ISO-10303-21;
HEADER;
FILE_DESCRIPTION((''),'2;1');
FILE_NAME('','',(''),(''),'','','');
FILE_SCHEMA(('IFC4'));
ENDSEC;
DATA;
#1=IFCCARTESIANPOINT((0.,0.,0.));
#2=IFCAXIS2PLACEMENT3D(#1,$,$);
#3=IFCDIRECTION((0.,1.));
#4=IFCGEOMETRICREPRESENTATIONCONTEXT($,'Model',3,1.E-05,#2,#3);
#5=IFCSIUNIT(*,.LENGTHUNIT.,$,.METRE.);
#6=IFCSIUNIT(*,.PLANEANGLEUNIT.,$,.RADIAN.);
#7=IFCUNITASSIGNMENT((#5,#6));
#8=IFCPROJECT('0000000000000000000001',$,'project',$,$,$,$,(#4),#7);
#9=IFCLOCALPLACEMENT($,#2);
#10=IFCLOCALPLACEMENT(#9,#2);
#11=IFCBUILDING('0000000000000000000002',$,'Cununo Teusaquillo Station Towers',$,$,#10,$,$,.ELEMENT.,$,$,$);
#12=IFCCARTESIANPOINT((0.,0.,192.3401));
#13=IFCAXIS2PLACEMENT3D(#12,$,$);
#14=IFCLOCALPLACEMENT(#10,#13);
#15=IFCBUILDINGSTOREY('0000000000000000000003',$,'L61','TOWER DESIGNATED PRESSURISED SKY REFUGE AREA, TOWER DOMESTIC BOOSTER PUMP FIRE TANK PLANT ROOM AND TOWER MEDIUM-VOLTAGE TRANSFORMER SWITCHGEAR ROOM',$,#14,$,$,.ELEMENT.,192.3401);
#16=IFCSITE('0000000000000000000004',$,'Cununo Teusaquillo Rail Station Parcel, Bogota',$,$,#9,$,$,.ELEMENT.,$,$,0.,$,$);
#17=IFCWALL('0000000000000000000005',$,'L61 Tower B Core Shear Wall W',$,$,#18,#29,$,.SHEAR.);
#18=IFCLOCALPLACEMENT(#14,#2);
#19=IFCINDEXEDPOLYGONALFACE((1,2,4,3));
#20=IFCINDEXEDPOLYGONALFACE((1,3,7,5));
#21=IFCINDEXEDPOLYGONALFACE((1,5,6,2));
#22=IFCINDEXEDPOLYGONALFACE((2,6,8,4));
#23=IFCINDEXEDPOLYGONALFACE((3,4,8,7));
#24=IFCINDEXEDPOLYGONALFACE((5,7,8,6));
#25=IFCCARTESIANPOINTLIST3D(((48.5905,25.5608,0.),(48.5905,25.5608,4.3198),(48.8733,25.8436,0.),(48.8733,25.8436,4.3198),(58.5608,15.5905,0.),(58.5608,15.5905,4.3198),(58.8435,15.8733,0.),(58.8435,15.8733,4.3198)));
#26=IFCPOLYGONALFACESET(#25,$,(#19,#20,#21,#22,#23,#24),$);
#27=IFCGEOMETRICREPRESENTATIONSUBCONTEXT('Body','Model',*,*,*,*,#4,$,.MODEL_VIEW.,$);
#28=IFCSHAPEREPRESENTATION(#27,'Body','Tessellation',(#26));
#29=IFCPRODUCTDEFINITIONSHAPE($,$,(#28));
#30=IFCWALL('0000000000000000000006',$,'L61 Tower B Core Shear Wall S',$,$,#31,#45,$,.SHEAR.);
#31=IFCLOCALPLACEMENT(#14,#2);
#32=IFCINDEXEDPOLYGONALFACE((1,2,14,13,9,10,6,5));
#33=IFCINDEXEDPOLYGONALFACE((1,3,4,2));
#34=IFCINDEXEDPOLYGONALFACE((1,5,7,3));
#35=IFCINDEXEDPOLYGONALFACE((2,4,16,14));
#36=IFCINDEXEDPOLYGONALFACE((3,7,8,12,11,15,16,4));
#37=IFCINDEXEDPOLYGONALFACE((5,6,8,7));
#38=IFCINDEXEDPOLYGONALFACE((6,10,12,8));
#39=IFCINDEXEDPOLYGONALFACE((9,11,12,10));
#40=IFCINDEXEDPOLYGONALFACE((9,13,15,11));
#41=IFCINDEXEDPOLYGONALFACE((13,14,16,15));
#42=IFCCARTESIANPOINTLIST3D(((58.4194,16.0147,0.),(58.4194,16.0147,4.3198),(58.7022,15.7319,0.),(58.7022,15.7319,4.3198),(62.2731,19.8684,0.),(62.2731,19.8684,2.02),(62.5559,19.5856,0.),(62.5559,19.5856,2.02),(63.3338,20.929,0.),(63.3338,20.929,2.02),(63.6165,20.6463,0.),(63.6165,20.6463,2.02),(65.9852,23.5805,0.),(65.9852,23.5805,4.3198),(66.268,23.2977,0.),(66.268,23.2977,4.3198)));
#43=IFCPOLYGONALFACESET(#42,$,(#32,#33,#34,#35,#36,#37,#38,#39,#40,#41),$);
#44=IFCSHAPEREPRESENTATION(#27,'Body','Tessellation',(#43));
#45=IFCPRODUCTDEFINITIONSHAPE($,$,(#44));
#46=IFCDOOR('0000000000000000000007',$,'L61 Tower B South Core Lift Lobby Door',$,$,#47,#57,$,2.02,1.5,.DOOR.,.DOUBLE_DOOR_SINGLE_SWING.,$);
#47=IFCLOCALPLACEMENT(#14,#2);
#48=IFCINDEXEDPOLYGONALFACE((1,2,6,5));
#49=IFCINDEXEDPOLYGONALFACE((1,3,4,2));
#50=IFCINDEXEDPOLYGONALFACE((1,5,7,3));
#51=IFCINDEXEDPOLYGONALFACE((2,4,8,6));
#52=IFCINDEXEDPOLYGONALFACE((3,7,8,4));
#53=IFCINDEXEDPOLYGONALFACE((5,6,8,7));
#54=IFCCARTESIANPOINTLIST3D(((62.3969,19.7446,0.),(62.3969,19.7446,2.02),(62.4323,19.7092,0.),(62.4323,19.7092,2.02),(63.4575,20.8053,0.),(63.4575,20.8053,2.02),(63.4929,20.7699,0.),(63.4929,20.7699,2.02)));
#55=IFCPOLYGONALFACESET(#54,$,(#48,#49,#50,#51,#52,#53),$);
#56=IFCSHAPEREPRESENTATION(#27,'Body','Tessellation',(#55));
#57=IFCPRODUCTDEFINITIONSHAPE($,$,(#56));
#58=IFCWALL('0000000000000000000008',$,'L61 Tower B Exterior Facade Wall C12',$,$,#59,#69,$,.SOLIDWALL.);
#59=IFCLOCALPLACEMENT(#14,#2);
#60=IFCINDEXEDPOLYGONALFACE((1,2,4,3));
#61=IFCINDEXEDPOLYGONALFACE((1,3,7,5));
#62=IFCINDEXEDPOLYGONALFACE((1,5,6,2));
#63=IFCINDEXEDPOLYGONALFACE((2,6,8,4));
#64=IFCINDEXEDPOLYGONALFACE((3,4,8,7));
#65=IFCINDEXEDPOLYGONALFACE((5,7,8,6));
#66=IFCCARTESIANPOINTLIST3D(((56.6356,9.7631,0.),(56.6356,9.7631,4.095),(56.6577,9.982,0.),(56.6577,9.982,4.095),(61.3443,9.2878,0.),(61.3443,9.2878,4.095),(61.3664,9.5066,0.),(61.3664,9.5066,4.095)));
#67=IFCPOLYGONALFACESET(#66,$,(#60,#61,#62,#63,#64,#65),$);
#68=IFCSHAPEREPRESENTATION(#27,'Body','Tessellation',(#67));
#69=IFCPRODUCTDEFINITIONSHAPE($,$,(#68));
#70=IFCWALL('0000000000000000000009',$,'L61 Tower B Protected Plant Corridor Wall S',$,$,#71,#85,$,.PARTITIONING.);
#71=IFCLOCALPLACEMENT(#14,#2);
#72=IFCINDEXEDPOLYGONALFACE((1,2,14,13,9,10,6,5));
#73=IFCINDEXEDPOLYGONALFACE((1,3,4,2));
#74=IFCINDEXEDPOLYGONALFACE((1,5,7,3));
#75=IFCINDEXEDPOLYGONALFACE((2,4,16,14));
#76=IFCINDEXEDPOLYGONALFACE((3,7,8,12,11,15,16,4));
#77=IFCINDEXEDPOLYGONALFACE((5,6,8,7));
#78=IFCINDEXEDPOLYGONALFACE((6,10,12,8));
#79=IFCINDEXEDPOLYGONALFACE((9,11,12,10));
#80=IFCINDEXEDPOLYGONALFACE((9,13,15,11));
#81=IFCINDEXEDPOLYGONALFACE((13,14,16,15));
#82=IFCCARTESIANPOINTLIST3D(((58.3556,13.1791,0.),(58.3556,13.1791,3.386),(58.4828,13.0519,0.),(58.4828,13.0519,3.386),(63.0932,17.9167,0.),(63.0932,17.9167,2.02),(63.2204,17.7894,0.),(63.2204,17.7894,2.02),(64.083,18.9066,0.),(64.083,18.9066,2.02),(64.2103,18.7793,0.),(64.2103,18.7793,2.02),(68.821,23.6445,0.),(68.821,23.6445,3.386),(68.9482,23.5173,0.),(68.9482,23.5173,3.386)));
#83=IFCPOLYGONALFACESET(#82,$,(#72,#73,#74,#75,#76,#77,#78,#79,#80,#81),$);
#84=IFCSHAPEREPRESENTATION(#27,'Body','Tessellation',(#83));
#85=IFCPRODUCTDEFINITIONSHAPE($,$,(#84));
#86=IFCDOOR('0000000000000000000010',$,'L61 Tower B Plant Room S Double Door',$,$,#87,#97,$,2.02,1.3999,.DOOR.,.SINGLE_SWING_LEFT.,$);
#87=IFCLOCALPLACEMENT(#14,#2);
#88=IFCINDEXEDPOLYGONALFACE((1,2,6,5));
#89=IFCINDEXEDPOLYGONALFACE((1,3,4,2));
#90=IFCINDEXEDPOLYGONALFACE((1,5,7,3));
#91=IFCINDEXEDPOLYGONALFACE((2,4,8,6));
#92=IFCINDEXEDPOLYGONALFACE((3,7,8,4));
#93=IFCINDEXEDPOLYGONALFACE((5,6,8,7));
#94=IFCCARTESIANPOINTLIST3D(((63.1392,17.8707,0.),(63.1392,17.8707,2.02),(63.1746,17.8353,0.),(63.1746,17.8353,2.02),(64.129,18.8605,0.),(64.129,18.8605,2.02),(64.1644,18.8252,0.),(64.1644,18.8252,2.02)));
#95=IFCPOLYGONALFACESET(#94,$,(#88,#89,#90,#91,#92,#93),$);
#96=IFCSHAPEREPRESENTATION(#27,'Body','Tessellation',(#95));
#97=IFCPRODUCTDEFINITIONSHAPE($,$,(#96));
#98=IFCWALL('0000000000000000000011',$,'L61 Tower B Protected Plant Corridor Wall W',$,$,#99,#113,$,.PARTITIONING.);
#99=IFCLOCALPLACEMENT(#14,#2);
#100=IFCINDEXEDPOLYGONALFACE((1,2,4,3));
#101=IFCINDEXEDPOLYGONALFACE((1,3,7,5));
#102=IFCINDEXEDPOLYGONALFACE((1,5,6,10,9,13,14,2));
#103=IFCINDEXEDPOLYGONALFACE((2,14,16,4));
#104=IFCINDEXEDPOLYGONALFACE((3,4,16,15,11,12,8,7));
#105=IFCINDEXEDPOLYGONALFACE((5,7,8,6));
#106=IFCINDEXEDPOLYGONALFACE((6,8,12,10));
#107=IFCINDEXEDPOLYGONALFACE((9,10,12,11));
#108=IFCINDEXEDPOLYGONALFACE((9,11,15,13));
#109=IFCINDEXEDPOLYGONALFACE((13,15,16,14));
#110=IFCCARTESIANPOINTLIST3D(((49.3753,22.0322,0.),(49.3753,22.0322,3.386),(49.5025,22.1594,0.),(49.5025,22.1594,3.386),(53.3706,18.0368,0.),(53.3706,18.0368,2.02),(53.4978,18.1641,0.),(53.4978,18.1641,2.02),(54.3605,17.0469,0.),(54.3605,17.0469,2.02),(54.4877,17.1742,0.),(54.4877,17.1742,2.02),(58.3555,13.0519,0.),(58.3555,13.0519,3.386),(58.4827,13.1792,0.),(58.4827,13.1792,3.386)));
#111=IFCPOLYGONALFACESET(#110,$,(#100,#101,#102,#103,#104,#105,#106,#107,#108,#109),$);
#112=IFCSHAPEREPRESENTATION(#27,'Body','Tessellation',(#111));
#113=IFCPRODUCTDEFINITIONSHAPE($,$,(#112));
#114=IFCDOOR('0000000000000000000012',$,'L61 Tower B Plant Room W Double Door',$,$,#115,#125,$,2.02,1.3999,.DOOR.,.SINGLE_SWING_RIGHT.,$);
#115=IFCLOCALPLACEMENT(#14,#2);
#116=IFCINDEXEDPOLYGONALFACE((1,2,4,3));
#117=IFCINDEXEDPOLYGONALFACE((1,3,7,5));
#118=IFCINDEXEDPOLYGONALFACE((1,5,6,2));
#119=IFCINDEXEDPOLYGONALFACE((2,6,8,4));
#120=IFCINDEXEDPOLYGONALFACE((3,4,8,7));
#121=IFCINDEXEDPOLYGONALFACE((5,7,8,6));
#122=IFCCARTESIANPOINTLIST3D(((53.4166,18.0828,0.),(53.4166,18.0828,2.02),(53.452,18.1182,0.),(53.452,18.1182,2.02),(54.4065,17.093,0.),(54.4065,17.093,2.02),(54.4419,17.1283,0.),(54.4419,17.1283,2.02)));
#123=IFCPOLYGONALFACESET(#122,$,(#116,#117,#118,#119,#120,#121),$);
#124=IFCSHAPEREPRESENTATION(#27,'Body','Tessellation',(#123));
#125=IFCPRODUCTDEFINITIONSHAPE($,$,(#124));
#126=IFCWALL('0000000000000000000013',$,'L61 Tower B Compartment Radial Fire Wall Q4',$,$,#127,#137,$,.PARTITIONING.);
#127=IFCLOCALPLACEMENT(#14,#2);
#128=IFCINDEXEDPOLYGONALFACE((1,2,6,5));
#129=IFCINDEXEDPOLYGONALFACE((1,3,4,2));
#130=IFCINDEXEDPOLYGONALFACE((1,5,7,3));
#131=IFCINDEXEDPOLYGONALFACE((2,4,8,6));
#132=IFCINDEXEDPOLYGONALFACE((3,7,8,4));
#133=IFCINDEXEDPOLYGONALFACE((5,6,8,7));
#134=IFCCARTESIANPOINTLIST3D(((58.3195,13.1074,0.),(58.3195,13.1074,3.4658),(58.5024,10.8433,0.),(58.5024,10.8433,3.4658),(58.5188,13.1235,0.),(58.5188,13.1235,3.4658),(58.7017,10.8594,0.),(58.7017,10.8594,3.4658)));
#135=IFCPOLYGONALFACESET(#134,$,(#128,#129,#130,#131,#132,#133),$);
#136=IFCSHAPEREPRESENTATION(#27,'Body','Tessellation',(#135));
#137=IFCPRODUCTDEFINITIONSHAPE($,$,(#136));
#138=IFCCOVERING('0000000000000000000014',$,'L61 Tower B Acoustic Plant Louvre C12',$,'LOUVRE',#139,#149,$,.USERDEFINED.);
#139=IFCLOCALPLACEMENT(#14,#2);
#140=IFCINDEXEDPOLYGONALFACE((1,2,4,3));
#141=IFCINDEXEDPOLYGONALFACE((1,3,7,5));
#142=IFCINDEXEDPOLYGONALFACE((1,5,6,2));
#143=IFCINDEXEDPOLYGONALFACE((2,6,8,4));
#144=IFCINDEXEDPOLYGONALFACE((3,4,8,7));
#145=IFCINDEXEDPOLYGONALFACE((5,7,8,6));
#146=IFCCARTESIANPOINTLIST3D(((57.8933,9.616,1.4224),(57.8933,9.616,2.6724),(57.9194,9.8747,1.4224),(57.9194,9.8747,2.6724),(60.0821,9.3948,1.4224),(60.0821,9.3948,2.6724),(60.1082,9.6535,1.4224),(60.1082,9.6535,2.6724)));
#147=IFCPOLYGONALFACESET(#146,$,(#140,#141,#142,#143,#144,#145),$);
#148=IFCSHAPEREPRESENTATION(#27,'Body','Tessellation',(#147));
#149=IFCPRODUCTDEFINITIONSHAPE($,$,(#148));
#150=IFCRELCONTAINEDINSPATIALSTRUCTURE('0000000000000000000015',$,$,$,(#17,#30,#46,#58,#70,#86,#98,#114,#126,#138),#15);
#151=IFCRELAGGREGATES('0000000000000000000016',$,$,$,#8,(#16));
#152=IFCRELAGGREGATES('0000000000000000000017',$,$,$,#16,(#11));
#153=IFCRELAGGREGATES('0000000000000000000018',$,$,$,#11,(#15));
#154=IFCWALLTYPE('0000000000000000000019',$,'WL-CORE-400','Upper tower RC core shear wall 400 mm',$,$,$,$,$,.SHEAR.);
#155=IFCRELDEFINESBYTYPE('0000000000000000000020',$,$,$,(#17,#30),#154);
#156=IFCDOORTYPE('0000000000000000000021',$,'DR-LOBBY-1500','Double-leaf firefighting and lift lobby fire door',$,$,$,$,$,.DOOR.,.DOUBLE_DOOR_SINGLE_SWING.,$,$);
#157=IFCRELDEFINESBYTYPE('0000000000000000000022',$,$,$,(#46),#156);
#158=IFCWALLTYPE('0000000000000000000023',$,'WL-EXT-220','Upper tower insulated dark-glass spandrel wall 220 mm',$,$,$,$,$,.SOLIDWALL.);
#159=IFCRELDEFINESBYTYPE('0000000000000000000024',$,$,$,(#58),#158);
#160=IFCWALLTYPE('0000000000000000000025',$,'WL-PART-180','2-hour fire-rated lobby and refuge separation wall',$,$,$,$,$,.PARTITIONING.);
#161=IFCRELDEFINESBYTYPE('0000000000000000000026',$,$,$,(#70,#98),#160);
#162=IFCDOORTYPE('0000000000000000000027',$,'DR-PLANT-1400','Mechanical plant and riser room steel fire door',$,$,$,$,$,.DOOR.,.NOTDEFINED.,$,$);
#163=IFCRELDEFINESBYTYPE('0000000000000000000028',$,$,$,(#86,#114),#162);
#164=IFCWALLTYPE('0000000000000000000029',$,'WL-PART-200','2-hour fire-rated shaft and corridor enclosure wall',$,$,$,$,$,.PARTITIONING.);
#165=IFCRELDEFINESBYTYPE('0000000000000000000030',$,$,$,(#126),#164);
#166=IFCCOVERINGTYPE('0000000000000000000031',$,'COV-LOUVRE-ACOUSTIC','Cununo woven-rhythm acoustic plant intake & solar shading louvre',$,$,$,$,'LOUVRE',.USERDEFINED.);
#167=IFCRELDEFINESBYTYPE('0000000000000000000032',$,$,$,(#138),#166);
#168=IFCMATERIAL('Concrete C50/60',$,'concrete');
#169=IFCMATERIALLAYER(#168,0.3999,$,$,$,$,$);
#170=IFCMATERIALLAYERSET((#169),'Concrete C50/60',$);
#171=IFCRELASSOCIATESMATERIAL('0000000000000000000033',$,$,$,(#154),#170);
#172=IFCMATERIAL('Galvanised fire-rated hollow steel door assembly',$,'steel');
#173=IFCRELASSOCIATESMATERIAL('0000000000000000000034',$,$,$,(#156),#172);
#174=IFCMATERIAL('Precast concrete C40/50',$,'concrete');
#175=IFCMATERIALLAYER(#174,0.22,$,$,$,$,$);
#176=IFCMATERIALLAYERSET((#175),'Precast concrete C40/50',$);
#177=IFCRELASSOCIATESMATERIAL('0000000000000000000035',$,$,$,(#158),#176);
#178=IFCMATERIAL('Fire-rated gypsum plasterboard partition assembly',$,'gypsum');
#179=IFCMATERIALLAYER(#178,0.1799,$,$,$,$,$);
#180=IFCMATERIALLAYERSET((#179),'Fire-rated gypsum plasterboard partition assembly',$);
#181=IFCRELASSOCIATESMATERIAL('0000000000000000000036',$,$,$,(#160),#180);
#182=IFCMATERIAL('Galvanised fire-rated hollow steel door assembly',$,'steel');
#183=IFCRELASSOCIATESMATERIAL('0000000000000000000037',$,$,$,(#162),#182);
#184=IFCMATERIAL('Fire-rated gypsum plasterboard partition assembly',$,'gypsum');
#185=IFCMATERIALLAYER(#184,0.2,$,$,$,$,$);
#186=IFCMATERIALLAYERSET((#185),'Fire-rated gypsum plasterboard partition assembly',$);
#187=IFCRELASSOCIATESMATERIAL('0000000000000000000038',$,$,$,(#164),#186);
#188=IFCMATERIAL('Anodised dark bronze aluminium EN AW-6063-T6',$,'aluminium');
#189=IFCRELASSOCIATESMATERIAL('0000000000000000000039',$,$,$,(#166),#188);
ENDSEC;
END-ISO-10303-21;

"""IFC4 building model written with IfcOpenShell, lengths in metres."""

from ifc_helpers import new_model, si_unit, direction, frame, frame_2d, origin, origin_2d, place, context, subcontext, project, spatial, rectangle, extrude, source, transform, mapped, material, layer, layer_set, type_object, element, fill, save


model = new_model("IFC4")

# Units and contexts
model_context = context("Model", 3, precision=1e-05, world=origin(), true_north=direction((0.0, 1.0)))
body_context = subcontext(model_context, "Body", "Model", "MODEL_VIEW")
ifc_project = project(units=[si_unit("LENGTHUNIT", "METRE"), si_unit("PLANEANGLEUNIT", "RADIAN")], contexts=[model_context])

# Site, building, storey
site_placement = place(None, origin())
site = spatial("IfcSite", under=ifc_project, at=site_placement, Name="Cununo Teusaquillo Rail Station Parcel, Bogota", CompositionType="ELEMENT", RefElevation=0.0)
building_placement = place(site_placement, origin())
building = spatial("IfcBuilding", under=site, at=building_placement, Name="Cununo Teusaquillo Station Towers", CompositionType="ELEMENT")
storey_placement = place(building_placement, frame((0.0, 0.0, 192.3401)))
storey = spatial("IfcBuildingStorey", under=building, at=storey_placement, Name="L61", Description="TOWER DESIGNATED PRESSURISED SKY REFUGE AREA, TOWER DOMESTIC BOOSTER PUMP FIRE TANK PLANT ROOM AND TOWER MEDIUM-VOLTAGE TRANSFORMER SWITCHGEAR ROOM", CompositionType="ELEMENT", Elevation=192.3401)

# Wall
ifc_material_1 = material(Name="Concrete C50/60", Category="concrete")
ifc_layer_1 = layer(ifc_material_1, 0.3999)
ifc_layer_set_1 = layer_set([ifc_layer_1], Name="Concrete C50/60")
wall_type_1 = type_object("IfcWallType", Name="WL-CORE-400", Description="Upper tower RC core shear wall 400 mm", PredefinedType="SHEAR", material=ifc_layer_set_1)
wall_1_placement = place(storey_placement, frame((58.7021, 15.7319, 0.0), z_axis=(0.0, 0.0, 1.0), x_axis=(-0.707107, 0.707107, 0.0)))
element("IfcWall", 1, at=wall_1_placement, inside=storey, type_object=wall_type_1, Name="L61 Tower B Core Shear Wall W", PredefinedType="SHEAR", context=body_context, shape_type="SweptSolid", body=[
    extrude(rectangle(XDim=14.1001, YDim=0.3999, at=frame_2d((7.05, 0.0))), origin(), (0.0, 0.0, 1.0), 4.3198),
])

# Wall, opening, door
wall_2_placement = place(storey_placement, frame((58.5608, 15.8733, 0.0), z_axis=(0.0, 0.0, 1.0), x_axis=(0.707107, 0.707107, 0.0)))
wall_2 = element("IfcWall", 2, at=wall_2_placement, inside=storey, type_object=wall_type_1, Name="L61 Tower B Core Shear Wall S", PredefinedType="SHEAR", context=body_context, shape_type="SweptSolid", body=[
    extrude(rectangle(XDim=10.6997, YDim=0.3999, at=frame_2d((5.3499, 0.0))), origin(), (0.0, 0.0, 1.0), 4.3198),
])
shared_shape_1 = source(origin(), body_context, "Body", "SweptSolid", [
    extrude(rectangle(XDim=1.5, YDim=2.02, at=frame_2d((0.75, 1.01))), frame((0.0, 0.21, 0.0), z_axis=(0.0, -1.0, 0.0), x_axis=(1.0, 0.0, 0.0)), (0.0, 0.0, 1.0), 0.4199),
])
opening_1_placement = place(wall_2_placement, frame((5.45, 0.0, 0.0)))
opening_1 = element("IfcOpeningElement", 3, at=opening_1_placement, cuts=wall_2, PredefinedType="OPENING", context=body_context, shape_type="MappedRepresentation", body=[
    mapped(shared_shape_1, transform((0.0, 0.0, 0.0), x_axis=(1.0, 0.0, 0.0), y_axis=(0.0, 1.0, 0.0), z_axis=(0.0, 0.0, 1.0), scale=1.0)),
])
ifc_material_2 = material(Name="Galvanised fire-rated hollow steel door assembly", Category="steel")
door_type_1 = type_object("IfcDoorType", Name="DR-LOBBY-1500", Description="Double-leaf firefighting and lift lobby fire door", OperationType="DOUBLE_DOOR_SINGLE_SWING", PredefinedType="DOOR", material=ifc_material_2)
shared_shape_2 = source(origin(), body_context, "Body", "SweptSolid", [
    extrude(rectangle(XDim=1.5, YDim=2.02, at=frame_2d((0.75, 1.01))), frame((0.0, 0.0249, 0.0), z_axis=(0.0, -1.0, 0.0), x_axis=(1.0, 0.0, 0.0)), (0.0, 0.0, 1.0), 0.05),
])
door_1_placement = place(opening_1_placement, origin())
door_1 = element("IfcDoor", 4, at=door_1_placement, inside=storey, type_object=door_type_1, Name="L61 Tower B South Core Lift Lobby Door", OperationType="DOUBLE_DOOR_SINGLE_SWING", OverallHeight=2.02, OverallWidth=1.5, PredefinedType="DOOR", context=body_context, shape_type="MappedRepresentation", body=[
    mapped(shared_shape_2, transform((0.0, 0.0, 0.0), x_axis=(1.0, 0.0, 0.0), y_axis=(0.0, 1.0, 0.0), z_axis=(0.0, 0.0, 1.0), scale=1.0)),
])
fill(opening_1, door_1)

# Wall
ifc_material_3 = material(Name="Precast concrete C40/50", Category="concrete")
ifc_layer_2 = layer(ifc_material_3, 0.22)
ifc_layer_set_2 = layer_set([ifc_layer_2], Name="Precast concrete C40/50")
wall_type_2 = type_object("IfcWallType", Name="WL-EXT-220", Description="Upper tower insulated dark-glass spandrel wall 220 mm", PredefinedType="SOLIDWALL", material=ifc_layer_set_2)
wall_3_placement = place(storey_placement, frame((61.3552, 9.3972, 0.0), z_axis=(0.0, 0.0, 1.0), x_axis=(-0.994943, 0.100438, 0.0)))
element("IfcWall", 5, at=wall_3_placement, inside=storey, type_object=wall_type_2, Name="L61 Tower B Exterior Facade Wall C12", PredefinedType="SOLIDWALL", context=body_context, shape_type="SweptSolid", body=[
    extrude(rectangle(XDim=4.7327, YDim=0.22, at=frame_2d((2.3662, 0.0))), origin(), (0.0, 0.0, 1.0), 4.095),
])

# Walls, openings, doors
ifc_material_4 = material(Name="Fire-rated gypsum plasterboard partition assembly", Category="gypsum")
ifc_layer_3 = layer(ifc_material_4, 0.1799)
ifc_layer_set_3 = layer_set([ifc_layer_3], Name="Fire-rated gypsum plasterboard partition assembly")
wall_type_3 = type_object("IfcWallType", Name="WL-PART-180", Description="2-hour fire-rated lobby and refuge separation wall", PredefinedType="PARTITIONING", material=ifc_layer_set_3)
wall_4_placement = place(storey_placement, frame((58.4192, 13.1155, 0.0), z_axis=(0.0, 0.0, 1.0), x_axis=(0.707107, 0.707107, 0.0)))
wall_4 = element("IfcWall", 6, at=wall_4_placement, inside=storey, type_object=wall_type_3, Name="L61 Tower B Protected Plant Corridor Wall S", PredefinedType="PARTITIONING", context=body_context, shape_type="SweptSolid", body=[
    extrude(rectangle(XDim=14.8003, YDim=0.1799, at=frame_2d((7.4001, 0.0))), origin(), (0.0, 0.0, 1.0), 3.386),
])
shared_shape_3 = source(origin(), body_context, "Body", "SweptSolid", [
    extrude(rectangle(XDim=1.3999, YDim=2.02, at=frame_2d((0.7, 1.01))), frame((0.0, 0.0999, 0.0), z_axis=(0.0, -1.0, 0.0), x_axis=(1.0, 0.0, 0.0)), (0.0, 0.0, 1.0), 0.2),
])
opening_2_placement = place(wall_4_placement, frame((6.7, 0.0, 0.0)))
opening_2 = element("IfcOpeningElement", 7, at=opening_2_placement, cuts=wall_4, PredefinedType="OPENING", context=body_context, shape_type="MappedRepresentation", body=[
    mapped(shared_shape_3, transform((0.0, 0.0, 0.0), x_axis=(1.0, 0.0, 0.0), y_axis=(0.0, 1.0, 0.0), z_axis=(0.0, 0.0, 1.0), scale=1.0)),
])
ifc_material_5 = material(Name="Galvanised fire-rated hollow steel door assembly", Category="steel")
door_type_2 = type_object("IfcDoorType", Name="DR-PLANT-1400", Description="Mechanical plant and riser room steel fire door", OperationType="NOTDEFINED", PredefinedType="DOOR", material=ifc_material_5)
shared_shape_4 = source(origin(), body_context, "Body", "SweptSolid", [
    extrude(rectangle(XDim=1.3999, YDim=2.02, at=frame_2d((0.7, 1.01))), frame((0.0, 0.0249, 0.0), z_axis=(0.0, -1.0, 0.0), x_axis=(1.0, 0.0, 0.0)), (0.0, 0.0, 1.0), 0.05),
])
door_2_placement = place(opening_2_placement, origin())
door_2 = element("IfcDoor", 8, at=door_2_placement, inside=storey, type_object=door_type_2, Name="L61 Tower B Plant Room S Double Door", OperationType="SINGLE_SWING_LEFT", OverallHeight=2.02, OverallWidth=1.3999, PredefinedType="DOOR", context=body_context, shape_type="MappedRepresentation", body=[
    mapped(shared_shape_4, transform((0.0, 0.0, 0.0), x_axis=(1.0, 0.0, 0.0), y_axis=(0.0, 1.0, 0.0), z_axis=(0.0, 0.0, 1.0), scale=1.0)),
])
fill(opening_2, door_2)
wall_5_placement = place(storey_placement, frame((58.4192, 13.1155, 0.0), z_axis=(0.0, 0.0, 1.0), x_axis=(-0.707107, 0.707107, 0.0)))
wall_5 = element("IfcWall", 9, at=wall_5_placement, inside=storey, type_object=wall_type_3, Name="L61 Tower B Protected Plant Corridor Wall W", PredefinedType="PARTITIONING", context=body_context, shape_type="SweptSolid", body=[
    extrude(rectangle(XDim=12.7, YDim=0.1799, at=frame_2d((6.3501, 0.0))), origin(), (0.0, 0.0, 1.0), 3.386),
])
opening_3_placement = place(wall_5_placement, frame((5.6499, 0.0, 0.0)))
opening_3 = element("IfcOpeningElement", 10, at=opening_3_placement, cuts=wall_5, PredefinedType="OPENING", context=body_context, shape_type="MappedRepresentation", body=[
    mapped(shared_shape_3, transform((0.0, 0.0, 0.0), x_axis=(1.0, 0.0, 0.0), y_axis=(0.0, 1.0, 0.0), z_axis=(0.0, 0.0, 1.0), scale=1.0)),
])
door_3_placement = place(opening_3_placement, origin())
door_3 = element("IfcDoor", 11, at=door_3_placement, inside=storey, type_object=door_type_2, Name="L61 Tower B Plant Room W Double Door", OperationType="SINGLE_SWING_RIGHT", OverallHeight=2.02, OverallWidth=1.3999, PredefinedType="DOOR", context=body_context, shape_type="MappedRepresentation", body=[
    mapped(shared_shape_4, transform((0.0, 0.0, 0.0), x_axis=(1.0, 0.0, 0.0), y_axis=(0.0, 1.0, 0.0), z_axis=(0.0, 0.0, 1.0), scale=1.0)),
])
fill(opening_3, door_3)

# Wall
ifc_material_6 = material(Name="Fire-rated gypsum plasterboard partition assembly", Category="gypsum")
ifc_layer_4 = layer(ifc_material_6, 0.2)
ifc_layer_set_4 = layer_set([ifc_layer_4], Name="Fire-rated gypsum plasterboard partition assembly")
wall_type_4 = type_object("IfcWallType", Name="WL-PART-200", Description="2-hour fire-rated shaft and corridor enclosure wall", PredefinedType="PARTITIONING", material=ifc_layer_set_4)
wall_6_placement = place(storey_placement, frame((58.4192, 13.1155, 0.0), z_axis=(0.0, 0.0, 1.0), x_axis=(0.080501, -0.996755, 0.0)))
element("IfcWall", 12, at=wall_6_placement, inside=storey, type_object=wall_type_4, Name="L61 Tower B Compartment Radial Fire Wall Q4", PredefinedType="PARTITIONING", context=body_context, shape_type="SweptSolid", body=[
    extrude(rectangle(XDim=2.2715, YDim=0.2, at=frame_2d((1.1357, 0.0))), origin(), (0.0, 0.0, 1.0), 3.4658),
])

# Covering
ifc_material_7 = material(Name="Anodised dark bronze aluminium EN AW-6063-T6", Category="aluminium")
covering_type = type_object("IfcCoveringType", Name="COV-LOUVRE-ACOUSTIC", Description="Cununo woven-rhythm acoustic plant intake & solar shading louvre", ElementType="LOUVRE", PredefinedType="USERDEFINED", material=ifc_material_7)
shared_shape_5 = source(origin(), body_context, "Body", "SweptSolid", [
    extrude(rectangle(XDim=2.2, YDim=0.26, at=origin_2d()), origin(), (0.0, 0.0, 1.0), 1.25),
])
covering_placement = place(storey_placement, frame((59.0007, 9.6348, 1.4224), z_axis=(0.0, 0.0, 1.0), x_axis=(-0.994933, 0.100535, 0.0)))
element("IfcCovering", 13, at=covering_placement, inside=storey, type_object=covering_type, Name="L61 Tower B Acoustic Plant Louvre C12", ObjectType="LOUVRE", PredefinedType="USERDEFINED", context=body_context, shape_type="MappedRepresentation", body=[
    mapped(shared_shape_5, transform((0.0, 0.0, 0.0), x_axis=(1.0, 0.0, 0.0), y_axis=(0.0, 1.0, 0.0), z_axis=(0.0, 0.0, 1.0), scale=1.0)),
])

save(model, "model.ifc")
